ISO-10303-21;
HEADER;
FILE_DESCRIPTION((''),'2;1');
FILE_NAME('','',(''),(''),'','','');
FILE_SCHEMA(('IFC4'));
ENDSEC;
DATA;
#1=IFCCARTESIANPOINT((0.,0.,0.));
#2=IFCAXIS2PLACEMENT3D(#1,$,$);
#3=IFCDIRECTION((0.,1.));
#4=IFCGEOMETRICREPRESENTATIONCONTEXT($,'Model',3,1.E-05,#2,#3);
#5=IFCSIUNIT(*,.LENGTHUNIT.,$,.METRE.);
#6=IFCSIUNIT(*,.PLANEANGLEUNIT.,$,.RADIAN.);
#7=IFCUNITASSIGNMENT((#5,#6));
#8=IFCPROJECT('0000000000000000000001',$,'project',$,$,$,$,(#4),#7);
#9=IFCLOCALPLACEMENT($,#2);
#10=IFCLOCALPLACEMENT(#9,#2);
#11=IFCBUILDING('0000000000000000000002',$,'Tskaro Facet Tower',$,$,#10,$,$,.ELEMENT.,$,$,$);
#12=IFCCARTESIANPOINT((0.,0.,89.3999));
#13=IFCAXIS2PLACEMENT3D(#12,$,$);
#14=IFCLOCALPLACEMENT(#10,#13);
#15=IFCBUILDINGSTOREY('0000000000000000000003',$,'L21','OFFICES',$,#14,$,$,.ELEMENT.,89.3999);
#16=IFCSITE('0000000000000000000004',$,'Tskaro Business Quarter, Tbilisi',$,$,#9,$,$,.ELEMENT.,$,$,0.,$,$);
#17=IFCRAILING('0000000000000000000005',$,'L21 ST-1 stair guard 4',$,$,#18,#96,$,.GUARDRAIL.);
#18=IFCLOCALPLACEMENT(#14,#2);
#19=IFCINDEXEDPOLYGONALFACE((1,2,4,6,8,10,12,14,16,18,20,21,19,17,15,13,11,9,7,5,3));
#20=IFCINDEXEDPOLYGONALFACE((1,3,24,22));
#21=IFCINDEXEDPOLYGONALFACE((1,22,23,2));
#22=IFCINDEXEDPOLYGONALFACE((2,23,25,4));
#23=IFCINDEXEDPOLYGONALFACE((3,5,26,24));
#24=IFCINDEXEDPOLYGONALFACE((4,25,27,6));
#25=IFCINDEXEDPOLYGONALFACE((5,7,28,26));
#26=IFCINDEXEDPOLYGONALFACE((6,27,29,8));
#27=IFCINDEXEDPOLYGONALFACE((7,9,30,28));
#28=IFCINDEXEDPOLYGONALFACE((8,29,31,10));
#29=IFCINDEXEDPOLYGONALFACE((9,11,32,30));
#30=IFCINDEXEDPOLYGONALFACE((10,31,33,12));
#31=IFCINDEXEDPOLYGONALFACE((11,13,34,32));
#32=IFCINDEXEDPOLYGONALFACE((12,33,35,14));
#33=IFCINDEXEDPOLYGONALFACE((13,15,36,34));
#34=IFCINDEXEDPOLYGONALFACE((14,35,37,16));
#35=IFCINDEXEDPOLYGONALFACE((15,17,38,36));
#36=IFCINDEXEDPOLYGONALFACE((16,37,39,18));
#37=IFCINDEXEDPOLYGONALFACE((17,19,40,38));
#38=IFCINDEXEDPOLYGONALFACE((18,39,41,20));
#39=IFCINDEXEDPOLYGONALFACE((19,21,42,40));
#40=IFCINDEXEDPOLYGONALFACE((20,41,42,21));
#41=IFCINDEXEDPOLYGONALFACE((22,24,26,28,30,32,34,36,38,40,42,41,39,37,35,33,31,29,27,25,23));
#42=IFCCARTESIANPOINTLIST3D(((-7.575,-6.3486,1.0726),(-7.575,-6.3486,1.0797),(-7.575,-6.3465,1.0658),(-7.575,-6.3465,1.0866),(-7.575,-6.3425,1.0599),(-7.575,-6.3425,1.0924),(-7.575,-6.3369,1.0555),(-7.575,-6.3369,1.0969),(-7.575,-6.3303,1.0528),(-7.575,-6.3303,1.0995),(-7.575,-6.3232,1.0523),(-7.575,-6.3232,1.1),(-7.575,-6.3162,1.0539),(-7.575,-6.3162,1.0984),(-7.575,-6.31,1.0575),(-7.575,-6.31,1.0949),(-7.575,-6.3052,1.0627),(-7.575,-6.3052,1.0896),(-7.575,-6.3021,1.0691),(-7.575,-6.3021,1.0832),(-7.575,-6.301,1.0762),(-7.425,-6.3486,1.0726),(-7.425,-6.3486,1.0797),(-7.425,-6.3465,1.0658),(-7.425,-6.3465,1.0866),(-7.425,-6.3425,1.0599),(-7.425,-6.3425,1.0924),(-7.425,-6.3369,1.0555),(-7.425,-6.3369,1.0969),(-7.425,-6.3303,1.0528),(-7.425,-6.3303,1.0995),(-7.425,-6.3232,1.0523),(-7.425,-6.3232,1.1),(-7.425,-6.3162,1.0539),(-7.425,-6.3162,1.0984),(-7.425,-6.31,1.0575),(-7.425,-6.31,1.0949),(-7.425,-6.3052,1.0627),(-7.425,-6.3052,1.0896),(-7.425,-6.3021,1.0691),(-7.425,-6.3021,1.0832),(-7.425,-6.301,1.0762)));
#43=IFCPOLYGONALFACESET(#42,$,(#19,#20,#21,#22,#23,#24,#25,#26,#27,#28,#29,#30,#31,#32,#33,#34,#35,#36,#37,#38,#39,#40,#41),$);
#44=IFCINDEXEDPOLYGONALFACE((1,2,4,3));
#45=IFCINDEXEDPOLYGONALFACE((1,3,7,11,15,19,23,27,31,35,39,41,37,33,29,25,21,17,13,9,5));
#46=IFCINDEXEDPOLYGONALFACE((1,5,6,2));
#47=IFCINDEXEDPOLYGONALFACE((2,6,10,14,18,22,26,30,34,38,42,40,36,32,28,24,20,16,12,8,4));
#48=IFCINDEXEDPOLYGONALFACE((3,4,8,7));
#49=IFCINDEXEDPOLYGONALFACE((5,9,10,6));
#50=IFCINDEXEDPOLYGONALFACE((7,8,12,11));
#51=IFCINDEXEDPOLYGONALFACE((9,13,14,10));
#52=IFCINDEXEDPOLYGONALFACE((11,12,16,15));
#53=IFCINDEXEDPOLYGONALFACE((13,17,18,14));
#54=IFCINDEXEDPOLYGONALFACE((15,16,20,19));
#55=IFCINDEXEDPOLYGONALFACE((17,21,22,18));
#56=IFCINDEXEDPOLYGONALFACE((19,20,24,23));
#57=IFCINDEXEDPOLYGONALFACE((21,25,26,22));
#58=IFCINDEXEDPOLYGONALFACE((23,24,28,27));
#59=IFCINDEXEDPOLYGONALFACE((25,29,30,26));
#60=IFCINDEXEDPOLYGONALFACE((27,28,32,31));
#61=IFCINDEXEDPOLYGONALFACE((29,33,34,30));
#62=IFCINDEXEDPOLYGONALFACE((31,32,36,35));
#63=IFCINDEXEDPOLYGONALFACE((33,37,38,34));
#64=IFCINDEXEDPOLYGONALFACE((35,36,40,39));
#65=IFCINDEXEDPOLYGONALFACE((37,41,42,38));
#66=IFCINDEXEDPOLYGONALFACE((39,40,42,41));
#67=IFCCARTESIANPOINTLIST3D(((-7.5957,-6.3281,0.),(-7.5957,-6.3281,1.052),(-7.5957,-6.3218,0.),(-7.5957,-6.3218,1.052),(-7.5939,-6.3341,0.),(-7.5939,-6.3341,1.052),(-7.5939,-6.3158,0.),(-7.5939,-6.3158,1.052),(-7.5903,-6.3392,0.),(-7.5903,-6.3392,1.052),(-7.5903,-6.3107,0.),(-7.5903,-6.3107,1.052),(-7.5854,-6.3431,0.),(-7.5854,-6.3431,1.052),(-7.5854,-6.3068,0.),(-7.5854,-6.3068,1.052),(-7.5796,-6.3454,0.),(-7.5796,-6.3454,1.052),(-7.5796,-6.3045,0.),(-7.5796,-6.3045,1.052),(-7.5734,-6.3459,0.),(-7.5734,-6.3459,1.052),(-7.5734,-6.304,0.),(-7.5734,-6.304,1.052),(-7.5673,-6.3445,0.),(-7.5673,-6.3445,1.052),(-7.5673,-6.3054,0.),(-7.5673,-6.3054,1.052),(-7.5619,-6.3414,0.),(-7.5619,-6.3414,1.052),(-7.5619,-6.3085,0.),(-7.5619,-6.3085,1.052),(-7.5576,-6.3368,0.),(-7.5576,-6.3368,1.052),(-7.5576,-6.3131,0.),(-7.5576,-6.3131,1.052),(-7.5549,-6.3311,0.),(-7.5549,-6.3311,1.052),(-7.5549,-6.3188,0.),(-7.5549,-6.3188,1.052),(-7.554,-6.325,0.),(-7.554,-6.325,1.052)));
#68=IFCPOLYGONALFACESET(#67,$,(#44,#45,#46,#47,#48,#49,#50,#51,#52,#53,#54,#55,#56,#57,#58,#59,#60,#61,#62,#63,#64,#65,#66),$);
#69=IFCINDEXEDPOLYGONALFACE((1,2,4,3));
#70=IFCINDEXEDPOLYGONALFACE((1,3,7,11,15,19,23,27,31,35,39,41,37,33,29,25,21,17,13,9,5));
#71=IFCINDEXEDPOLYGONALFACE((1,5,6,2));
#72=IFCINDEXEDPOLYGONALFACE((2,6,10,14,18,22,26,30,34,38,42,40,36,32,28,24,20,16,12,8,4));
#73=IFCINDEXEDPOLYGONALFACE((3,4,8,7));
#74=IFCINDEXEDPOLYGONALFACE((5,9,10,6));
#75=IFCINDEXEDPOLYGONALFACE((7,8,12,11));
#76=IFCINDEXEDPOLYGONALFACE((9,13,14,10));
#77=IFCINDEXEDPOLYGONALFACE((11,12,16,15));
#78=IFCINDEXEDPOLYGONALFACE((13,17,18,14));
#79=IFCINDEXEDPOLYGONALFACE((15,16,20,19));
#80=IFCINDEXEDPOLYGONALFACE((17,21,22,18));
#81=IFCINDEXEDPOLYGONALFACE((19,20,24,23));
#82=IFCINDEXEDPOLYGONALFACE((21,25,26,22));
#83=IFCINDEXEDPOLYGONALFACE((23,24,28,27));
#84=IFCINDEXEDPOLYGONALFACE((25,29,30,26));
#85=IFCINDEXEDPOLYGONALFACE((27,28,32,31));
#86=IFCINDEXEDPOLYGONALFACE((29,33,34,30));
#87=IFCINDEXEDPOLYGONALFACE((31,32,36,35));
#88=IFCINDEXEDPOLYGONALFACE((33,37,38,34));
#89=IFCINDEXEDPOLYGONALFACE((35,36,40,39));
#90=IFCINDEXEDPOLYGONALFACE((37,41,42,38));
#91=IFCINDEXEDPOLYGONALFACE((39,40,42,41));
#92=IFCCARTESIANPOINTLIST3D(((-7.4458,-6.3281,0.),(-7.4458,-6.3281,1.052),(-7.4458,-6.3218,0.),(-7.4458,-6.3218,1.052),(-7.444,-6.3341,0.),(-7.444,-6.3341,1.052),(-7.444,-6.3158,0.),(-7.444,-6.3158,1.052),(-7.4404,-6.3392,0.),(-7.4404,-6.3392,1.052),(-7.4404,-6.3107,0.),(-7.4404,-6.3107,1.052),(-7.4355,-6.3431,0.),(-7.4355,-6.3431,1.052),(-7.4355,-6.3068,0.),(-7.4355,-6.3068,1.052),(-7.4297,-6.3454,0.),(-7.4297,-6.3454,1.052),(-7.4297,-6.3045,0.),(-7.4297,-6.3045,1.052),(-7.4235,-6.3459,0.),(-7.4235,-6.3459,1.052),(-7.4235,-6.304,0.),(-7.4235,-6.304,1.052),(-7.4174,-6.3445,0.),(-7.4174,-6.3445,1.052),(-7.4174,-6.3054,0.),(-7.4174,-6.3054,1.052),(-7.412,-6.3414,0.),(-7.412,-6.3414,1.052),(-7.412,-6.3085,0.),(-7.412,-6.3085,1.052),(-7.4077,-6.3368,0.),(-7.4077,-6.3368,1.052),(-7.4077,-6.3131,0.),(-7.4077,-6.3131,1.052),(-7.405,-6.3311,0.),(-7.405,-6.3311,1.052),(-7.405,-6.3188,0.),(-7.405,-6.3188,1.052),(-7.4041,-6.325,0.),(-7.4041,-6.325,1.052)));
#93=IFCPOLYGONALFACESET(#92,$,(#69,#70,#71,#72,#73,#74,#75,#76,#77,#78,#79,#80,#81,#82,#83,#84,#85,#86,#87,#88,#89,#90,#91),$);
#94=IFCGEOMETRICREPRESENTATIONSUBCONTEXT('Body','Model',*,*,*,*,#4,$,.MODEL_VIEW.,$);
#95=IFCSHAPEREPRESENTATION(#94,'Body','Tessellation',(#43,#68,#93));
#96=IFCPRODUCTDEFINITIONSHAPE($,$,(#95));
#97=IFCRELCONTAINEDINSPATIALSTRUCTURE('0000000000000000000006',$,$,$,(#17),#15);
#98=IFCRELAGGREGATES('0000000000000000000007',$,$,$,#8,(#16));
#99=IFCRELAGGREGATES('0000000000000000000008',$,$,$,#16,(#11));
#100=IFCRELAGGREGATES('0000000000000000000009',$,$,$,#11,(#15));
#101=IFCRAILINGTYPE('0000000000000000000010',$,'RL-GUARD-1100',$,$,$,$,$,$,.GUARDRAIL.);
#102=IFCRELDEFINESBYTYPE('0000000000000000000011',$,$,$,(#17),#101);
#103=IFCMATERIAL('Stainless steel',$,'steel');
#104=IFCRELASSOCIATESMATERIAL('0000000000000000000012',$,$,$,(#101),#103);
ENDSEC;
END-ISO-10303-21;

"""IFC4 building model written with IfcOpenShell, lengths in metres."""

from ifc_helpers import new_model, si_unit, direction, frame, origin, origin_2d, place, context, subcontext, project, spatial, circle, extrude, material, type_object, element, save


model = new_model("IFC4")

# Units and contexts
model_context = context("Model", 3, precision=1e-05, world=origin(), true_north=direction((0.0, 1.0)))
body_context = subcontext(model_context, "Body", "Model", "MODEL_VIEW")
ifc_project = project(units=[si_unit("LENGTHUNIT", "METRE"), si_unit("PLANEANGLEUNIT", "RADIAN")], contexts=[model_context])

# Site, building, storey
site_placement = place(None, origin())
site = spatial("IfcSite", under=ifc_project, at=site_placement, Name="Tskaro Business Quarter, Tbilisi", CompositionType="ELEMENT", RefElevation=0.0)
building_placement = place(site_placement, origin())
building = spatial("IfcBuilding", under=site, at=building_placement, Name="Tskaro Facet Tower", CompositionType="ELEMENT")
storey_placement = place(building_placement, frame((0.0, 0.0, 89.3999)))
storey = spatial("IfcBuildingStorey", under=building, at=storey_placement, Name="L21", Description="OFFICES", CompositionType="ELEMENT", Elevation=89.3999)

# Shared definitions
ifc_material_1 = material(Name="Stainless steel", Category="steel")

# Railing
railing_type_1 = type_object("IfcRailingType", Name="RL-GUARD-1100", PredefinedType="GUARDRAIL", material=ifc_material_1)
railing_1_placement = place(storey_placement, frame((-7.575, -6.325, 0.0)))
element("IfcRailing", 1, at=railing_1_placement, inside=storey, type_object=railing_type_1, Name="L21 ST-1 stair guard 4", PredefinedType="GUARDRAIL", context=body_context, shape_type="SweptSolid", body=[
    extrude(circle(Radius=0.0239, at=origin_2d()), frame((0.0, 0.0, 1.0762), z_axis=(1.0, 0.0, 0.0), x_axis=(0.0, 1.0, 0.0)), (0.0, 0.0, 1.0), 0.1499),
    extrude(circle(Radius=0.021, at=origin_2d()), origin(), (0.0, 0.0, 1.0), 1.052),
    extrude(circle(Radius=0.021, at=origin_2d()), frame((0.1499, 0.0, 0.0)), (0.0, 0.0, 1.0), 1.052),
])

save(model, "model.ifc")
